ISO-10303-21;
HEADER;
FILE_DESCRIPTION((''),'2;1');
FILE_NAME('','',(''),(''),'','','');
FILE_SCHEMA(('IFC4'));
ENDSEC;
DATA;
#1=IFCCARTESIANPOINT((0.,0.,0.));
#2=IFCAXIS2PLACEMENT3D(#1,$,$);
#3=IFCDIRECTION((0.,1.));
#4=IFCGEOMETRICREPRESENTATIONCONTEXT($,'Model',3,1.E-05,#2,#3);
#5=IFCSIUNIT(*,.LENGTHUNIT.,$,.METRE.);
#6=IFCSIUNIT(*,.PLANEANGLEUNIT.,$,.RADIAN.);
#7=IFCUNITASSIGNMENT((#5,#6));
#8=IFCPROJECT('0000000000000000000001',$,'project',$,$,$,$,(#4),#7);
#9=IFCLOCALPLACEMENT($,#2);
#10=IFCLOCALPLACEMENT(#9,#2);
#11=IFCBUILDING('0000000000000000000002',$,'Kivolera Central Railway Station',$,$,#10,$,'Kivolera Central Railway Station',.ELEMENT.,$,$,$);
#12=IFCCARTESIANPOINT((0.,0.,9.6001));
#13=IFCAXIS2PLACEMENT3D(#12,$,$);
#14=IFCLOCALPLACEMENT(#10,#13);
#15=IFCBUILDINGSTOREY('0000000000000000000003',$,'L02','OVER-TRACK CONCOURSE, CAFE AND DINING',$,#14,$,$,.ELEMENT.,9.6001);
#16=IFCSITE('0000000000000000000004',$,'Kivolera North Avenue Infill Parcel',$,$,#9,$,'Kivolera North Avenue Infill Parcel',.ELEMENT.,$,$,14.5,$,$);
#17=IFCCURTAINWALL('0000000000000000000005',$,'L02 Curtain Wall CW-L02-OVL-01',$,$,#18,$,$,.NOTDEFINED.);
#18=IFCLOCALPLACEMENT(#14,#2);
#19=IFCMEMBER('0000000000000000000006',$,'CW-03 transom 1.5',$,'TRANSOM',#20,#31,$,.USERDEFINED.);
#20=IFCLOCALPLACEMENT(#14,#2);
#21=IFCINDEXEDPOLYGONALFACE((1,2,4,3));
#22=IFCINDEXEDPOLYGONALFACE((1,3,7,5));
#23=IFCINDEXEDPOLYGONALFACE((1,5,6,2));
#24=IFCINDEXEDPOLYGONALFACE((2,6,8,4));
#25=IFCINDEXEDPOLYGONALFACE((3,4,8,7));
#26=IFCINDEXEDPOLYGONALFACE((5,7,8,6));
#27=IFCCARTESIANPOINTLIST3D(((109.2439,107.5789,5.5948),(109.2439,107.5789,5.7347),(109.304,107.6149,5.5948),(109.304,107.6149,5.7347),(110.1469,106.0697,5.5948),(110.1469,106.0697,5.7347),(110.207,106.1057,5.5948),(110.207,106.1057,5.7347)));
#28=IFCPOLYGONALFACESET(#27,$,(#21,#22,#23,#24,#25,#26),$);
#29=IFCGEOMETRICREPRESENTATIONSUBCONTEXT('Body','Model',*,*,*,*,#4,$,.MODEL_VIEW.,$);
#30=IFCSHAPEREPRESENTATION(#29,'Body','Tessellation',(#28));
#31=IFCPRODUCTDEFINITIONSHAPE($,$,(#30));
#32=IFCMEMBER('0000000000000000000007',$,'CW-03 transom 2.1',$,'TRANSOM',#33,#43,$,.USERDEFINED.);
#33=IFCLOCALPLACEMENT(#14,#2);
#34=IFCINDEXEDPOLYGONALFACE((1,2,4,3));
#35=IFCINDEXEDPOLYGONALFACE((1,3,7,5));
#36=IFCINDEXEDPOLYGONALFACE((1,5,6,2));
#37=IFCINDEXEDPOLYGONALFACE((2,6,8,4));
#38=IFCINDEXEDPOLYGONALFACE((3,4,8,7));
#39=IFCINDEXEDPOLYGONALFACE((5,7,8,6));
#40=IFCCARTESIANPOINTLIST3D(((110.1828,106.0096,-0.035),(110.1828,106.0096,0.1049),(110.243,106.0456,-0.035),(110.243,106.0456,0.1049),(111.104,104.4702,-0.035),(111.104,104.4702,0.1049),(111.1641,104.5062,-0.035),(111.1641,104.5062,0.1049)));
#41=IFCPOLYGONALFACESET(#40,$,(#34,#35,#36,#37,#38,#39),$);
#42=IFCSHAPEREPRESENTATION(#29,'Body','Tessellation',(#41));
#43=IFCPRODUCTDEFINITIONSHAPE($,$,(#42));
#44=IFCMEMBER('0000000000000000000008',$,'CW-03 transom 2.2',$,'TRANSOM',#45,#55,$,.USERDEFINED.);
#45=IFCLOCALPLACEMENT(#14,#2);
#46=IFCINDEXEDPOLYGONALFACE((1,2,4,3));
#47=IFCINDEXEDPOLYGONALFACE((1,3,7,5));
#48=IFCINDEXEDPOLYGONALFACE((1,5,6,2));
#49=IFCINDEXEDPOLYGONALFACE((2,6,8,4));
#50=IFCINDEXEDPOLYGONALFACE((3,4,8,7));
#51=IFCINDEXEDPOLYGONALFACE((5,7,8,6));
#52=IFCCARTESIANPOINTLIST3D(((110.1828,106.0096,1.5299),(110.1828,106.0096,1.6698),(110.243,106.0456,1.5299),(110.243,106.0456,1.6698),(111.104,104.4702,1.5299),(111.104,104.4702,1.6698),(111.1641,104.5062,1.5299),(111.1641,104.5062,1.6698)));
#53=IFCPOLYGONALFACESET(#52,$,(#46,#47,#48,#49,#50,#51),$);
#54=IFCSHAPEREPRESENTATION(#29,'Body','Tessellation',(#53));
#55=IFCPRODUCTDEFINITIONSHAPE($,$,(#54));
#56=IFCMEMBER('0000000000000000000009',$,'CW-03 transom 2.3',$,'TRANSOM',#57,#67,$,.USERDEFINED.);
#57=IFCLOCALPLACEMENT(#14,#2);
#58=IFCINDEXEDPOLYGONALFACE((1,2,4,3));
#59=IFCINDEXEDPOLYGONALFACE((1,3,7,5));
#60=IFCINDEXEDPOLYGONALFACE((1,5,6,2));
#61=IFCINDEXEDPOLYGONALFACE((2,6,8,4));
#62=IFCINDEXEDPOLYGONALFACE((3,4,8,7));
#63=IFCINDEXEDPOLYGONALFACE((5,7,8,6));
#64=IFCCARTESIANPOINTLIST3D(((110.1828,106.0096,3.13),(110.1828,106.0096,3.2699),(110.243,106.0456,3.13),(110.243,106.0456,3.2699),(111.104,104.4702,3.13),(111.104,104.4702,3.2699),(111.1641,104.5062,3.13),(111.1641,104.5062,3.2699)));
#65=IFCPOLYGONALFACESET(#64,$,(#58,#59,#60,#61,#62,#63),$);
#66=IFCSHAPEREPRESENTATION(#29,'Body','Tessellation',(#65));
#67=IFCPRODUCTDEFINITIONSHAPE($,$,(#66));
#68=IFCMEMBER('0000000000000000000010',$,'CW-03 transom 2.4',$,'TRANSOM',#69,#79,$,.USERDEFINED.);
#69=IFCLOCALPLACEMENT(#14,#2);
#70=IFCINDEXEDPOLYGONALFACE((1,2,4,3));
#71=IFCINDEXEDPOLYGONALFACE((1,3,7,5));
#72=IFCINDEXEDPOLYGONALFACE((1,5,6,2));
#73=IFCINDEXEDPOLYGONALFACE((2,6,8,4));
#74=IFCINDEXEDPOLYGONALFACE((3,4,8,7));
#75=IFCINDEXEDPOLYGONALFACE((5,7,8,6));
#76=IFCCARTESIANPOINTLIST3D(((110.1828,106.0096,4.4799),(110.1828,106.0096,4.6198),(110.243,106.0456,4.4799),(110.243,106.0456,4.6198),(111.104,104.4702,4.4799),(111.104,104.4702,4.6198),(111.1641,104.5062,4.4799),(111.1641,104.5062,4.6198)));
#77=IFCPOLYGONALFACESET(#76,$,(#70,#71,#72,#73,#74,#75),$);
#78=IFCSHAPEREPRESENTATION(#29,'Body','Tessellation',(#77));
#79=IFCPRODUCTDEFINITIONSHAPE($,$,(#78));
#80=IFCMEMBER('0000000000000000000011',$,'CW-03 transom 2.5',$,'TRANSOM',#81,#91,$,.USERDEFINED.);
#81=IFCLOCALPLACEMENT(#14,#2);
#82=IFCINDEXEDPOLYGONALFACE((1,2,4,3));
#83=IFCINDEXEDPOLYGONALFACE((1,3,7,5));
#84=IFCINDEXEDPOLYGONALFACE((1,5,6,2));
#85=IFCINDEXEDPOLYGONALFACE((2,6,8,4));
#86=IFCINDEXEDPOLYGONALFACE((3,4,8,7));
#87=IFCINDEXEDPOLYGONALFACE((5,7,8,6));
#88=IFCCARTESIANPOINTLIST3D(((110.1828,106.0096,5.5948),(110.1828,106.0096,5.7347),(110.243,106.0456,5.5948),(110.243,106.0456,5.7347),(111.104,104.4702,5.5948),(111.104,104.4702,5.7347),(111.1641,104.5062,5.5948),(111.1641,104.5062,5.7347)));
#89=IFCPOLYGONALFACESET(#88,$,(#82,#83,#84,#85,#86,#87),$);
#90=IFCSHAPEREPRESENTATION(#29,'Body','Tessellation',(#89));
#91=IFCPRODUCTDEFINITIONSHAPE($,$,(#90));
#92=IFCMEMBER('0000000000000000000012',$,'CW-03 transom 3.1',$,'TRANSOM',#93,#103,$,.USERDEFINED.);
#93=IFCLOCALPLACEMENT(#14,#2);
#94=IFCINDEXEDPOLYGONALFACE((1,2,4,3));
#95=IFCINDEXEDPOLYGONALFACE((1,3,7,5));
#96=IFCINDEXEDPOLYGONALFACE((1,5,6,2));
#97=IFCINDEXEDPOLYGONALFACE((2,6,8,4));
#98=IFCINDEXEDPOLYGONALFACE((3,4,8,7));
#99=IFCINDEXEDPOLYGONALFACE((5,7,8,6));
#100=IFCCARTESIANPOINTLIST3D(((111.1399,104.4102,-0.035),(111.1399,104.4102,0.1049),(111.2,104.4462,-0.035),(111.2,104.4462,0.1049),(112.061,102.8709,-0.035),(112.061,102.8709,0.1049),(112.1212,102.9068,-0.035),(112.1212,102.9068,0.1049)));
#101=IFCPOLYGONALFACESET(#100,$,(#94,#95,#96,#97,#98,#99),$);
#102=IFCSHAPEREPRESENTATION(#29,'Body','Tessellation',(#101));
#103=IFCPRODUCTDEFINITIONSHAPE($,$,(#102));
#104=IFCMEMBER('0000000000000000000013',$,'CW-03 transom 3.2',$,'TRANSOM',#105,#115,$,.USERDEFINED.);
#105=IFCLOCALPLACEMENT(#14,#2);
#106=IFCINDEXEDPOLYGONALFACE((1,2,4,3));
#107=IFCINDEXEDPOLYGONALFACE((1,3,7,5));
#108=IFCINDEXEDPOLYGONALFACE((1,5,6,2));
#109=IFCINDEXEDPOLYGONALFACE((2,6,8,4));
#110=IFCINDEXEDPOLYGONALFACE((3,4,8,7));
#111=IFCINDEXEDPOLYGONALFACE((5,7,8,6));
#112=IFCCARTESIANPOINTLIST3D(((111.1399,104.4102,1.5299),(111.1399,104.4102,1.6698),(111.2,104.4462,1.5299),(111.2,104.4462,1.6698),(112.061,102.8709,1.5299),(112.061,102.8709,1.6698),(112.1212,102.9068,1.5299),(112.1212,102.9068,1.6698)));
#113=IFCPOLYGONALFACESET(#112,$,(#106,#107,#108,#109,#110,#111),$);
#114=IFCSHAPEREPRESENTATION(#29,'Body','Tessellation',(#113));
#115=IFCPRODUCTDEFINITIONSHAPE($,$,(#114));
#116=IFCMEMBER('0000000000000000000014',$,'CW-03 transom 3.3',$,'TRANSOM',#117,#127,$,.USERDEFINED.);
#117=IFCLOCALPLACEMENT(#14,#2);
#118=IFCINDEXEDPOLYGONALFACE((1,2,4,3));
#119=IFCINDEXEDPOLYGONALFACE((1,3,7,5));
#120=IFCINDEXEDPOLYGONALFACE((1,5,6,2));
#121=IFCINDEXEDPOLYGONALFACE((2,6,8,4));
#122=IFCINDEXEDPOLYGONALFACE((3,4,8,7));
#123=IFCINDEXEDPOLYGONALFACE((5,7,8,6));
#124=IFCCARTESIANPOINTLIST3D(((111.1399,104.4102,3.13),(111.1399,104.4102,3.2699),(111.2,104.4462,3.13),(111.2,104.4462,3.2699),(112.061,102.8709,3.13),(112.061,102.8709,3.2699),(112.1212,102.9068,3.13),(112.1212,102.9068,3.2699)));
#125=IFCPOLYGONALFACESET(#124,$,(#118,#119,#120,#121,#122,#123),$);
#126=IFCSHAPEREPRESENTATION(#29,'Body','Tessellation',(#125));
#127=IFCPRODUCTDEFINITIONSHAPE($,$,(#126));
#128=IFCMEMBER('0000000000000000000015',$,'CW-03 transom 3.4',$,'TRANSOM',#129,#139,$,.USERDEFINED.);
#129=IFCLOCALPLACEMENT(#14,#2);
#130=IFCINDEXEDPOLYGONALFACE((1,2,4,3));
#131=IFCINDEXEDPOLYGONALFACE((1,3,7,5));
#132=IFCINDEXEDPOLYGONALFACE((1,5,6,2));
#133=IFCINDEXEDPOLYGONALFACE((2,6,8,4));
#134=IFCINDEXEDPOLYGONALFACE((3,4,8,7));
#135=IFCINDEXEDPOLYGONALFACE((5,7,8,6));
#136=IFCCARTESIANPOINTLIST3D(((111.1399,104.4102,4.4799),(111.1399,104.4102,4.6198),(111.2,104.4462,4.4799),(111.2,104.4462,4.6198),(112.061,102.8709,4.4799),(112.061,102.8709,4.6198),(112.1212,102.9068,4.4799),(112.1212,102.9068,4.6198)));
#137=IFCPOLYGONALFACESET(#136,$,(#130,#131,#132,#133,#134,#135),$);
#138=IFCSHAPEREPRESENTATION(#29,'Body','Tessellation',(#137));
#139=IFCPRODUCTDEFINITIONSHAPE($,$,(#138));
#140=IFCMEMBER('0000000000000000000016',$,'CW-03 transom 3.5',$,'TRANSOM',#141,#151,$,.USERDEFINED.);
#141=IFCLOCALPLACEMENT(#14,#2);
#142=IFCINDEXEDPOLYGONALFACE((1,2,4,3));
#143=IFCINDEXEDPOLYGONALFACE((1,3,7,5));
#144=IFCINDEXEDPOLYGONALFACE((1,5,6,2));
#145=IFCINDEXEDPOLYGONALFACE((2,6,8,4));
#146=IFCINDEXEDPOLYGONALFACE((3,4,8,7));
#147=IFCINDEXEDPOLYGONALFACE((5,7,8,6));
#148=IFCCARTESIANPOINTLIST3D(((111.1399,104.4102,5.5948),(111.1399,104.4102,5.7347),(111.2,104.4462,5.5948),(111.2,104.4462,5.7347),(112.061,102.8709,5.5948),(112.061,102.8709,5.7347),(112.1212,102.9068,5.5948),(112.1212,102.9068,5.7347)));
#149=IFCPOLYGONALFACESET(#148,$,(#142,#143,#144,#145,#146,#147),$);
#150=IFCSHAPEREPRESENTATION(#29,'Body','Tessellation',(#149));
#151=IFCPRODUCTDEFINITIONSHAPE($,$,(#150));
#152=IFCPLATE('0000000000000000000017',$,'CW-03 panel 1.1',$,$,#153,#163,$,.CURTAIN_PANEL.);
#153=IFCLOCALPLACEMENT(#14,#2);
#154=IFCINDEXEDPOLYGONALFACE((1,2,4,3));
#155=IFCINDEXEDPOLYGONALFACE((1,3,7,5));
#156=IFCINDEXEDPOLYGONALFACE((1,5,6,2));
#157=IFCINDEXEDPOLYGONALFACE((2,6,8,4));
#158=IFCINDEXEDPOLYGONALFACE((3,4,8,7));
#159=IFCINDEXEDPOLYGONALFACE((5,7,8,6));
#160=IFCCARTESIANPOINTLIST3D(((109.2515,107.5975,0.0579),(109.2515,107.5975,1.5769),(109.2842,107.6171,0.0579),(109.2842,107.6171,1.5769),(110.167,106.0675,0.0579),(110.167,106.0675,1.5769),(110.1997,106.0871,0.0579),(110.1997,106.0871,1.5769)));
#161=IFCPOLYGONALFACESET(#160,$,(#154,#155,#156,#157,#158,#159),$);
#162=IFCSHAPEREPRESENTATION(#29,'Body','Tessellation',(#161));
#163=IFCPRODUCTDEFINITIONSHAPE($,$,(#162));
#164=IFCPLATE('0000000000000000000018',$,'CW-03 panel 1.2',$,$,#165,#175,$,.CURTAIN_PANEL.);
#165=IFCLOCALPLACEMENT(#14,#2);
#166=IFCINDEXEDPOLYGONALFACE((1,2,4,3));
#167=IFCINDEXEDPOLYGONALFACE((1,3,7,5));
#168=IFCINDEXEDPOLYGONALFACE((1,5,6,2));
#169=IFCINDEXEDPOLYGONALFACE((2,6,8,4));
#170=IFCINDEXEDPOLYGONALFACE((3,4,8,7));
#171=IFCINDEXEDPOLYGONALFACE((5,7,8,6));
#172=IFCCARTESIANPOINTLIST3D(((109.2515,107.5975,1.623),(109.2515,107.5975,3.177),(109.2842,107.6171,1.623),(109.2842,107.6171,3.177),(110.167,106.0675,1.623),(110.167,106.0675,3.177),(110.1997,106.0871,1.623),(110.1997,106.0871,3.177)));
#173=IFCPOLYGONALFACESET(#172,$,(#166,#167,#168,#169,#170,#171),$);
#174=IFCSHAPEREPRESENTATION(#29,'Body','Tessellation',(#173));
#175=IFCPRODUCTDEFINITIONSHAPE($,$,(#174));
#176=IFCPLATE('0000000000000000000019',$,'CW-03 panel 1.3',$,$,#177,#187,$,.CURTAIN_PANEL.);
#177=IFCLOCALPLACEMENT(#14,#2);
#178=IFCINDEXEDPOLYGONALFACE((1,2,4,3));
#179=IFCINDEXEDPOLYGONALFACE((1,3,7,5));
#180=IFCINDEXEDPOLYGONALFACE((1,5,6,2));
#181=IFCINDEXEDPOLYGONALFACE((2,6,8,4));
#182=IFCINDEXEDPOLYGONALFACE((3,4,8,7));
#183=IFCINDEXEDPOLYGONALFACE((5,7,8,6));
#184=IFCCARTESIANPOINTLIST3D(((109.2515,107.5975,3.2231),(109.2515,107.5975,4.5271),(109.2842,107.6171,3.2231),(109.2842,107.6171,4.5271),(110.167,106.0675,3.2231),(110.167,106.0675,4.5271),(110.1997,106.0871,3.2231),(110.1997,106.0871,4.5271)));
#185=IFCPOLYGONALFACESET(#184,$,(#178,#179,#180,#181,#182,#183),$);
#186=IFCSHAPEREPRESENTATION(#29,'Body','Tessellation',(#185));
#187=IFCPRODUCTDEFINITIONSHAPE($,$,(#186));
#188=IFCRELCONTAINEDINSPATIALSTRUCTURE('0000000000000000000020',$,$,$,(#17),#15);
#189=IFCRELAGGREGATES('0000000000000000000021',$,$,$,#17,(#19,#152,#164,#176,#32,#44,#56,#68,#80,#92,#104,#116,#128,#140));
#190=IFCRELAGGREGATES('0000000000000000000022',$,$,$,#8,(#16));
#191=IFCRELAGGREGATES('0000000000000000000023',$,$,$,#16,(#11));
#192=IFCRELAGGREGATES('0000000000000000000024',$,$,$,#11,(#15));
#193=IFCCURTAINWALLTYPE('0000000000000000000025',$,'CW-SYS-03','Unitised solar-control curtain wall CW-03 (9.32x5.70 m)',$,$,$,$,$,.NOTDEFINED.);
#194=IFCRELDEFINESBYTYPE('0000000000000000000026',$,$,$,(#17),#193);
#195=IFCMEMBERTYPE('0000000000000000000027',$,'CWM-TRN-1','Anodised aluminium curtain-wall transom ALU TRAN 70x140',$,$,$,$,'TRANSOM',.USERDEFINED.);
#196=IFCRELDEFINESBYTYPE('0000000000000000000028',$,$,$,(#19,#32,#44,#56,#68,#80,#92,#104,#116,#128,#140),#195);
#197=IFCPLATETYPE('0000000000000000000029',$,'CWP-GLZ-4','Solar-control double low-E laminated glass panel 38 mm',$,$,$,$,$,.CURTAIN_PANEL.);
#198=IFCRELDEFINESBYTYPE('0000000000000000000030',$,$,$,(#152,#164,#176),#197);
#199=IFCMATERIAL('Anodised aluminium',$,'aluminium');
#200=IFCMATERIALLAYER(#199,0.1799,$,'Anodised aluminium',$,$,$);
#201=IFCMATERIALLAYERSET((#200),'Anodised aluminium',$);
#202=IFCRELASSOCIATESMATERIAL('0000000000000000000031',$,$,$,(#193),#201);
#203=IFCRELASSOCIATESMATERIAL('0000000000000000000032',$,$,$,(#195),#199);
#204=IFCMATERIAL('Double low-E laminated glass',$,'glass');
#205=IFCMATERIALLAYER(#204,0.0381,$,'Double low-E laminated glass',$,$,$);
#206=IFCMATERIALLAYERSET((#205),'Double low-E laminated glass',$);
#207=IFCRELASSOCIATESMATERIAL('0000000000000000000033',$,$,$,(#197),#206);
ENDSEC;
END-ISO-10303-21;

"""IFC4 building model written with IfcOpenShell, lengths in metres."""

from ifc_helpers import new_model, si_unit, direction, frame, origin, origin_2d, place, context, subcontext, project, spatial, rectangle, extrude, material, layer, layer_set, material_profile, profile_set, type_object, element, aggregate, save


model = new_model("IFC4")

# Units and contexts
model_context = context("Model", 3, precision=1e-05, world=origin(), true_north=direction((0.0, 1.0)))
body_context = subcontext(model_context, "Body", "Model", "MODEL_VIEW")
ifc_project = project(units=[si_unit("LENGTHUNIT", "METRE"), si_unit("PLANEANGLEUNIT", "RADIAN")], contexts=[model_context])

# Site, building, storey
site_placement = place(None, origin())
site = spatial("IfcSite", under=ifc_project, at=site_placement, Name="Kivolera North Avenue Infill Parcel", LongName="Kivolera North Avenue Infill Parcel", CompositionType="ELEMENT", RefElevation=14.5)
building_placement = place(site_placement, origin())
building = spatial("IfcBuilding", under=site, at=building_placement, Name="Kivolera Central Railway Station", LongName="Kivolera Central Railway Station", CompositionType="ELEMENT")
storey_placement = place(building_placement, frame((0.0, 0.0, 9.6001)))
storey = spatial("IfcBuildingStorey", under=building, at=storey_placement, Name="L02", Description="OVER-TRACK CONCOURSE, CAFE AND DINING", CompositionType="ELEMENT", Elevation=9.6001)

# Curtain wall, members, plates
ifc_material_1 = material(Name="Anodised aluminium", Category="aluminium")
ifc_layer_1 = layer(ifc_material_1, 0.1799, Name="Anodised aluminium")
ifc_layer_set_1 = layer_set([ifc_layer_1], Name="Anodised aluminium")
curtain_wall_type = type_object("IfcCurtainWallType", Name="CW-SYS-03", Description="Unitised solar-control curtain wall CW-03 (9.32x5.70 m)", PredefinedType="NOTDEFINED", material=ifc_layer_set_1)
curtain_wall_placement = place(storey_placement, origin())
curtain_wall = element("IfcCurtainWall", 1, at=curtain_wall_placement, inside=storey, type_object=curtain_wall_type, Name="L02 Curtain Wall CW-L02-OVL-01", PredefinedType="NOTDEFINED")
ifc_material_profile_1 = material_profile(ifc_material_1, rectangle(XDim=0.0701, YDim=0.1399, at=origin_2d()), Name="ALU TRAN 70x140")
ifc_profile_set_1 = profile_set([ifc_material_profile_1], Name="Anodised aluminium")
member_type_1 = type_object("IfcMemberType", Name="CWM-TRN-1", Description="Anodised aluminium curtain-wall transom ALU TRAN 70x140", ElementType="TRANSOM", PredefinedType="USERDEFINED", material=ifc_profile_set_1)
member_1_placement = place(storey_placement, frame((109.2739, 107.5969, 5.6648), z_axis=(0.513454, -0.858117, 0.0), x_axis=(0.858117, 0.513454, 0.0)))
member_1 = element("IfcMember", 2, at=member_1_placement, type_object=member_type_1, Name="CW-03 transom 1.5", ObjectType="TRANSOM", PredefinedType="USERDEFINED", context=body_context, shape_type="SweptSolid", body=[
    extrude(rectangle(XDim=0.0701, YDim=0.1399, at=origin_2d()), origin(), (0.0, 0.0, 1.0), 1.7588),
])
member_2_placement = place(storey_placement, frame((110.2129, 106.0276, 0.0349), z_axis=(0.513495, -0.858093, 0.0), x_axis=(0.858093, 0.513495, 0.0)))
member_2 = element("IfcMember", 3, at=member_2_placement, type_object=member_type_1, Name="CW-03 transom 2.1", ObjectType="TRANSOM", PredefinedType="USERDEFINED", context=body_context, shape_type="SweptSolid", body=[
    extrude(rectangle(XDim=0.0701, YDim=0.1399, at=origin_2d()), origin(), (0.0, 0.0, 1.0), 1.7939),
])
member_3_placement = place(storey_placement, frame((110.2129, 106.0276, 1.5999), z_axis=(0.513495, -0.858093, 0.0), x_axis=(0.858093, 0.513495, 0.0)))
member_3 = element("IfcMember", 4, at=member_3_placement, type_object=member_type_1, Name="CW-03 transom 2.2", ObjectType="TRANSOM", PredefinedType="USERDEFINED", context=body_context, shape_type="SweptSolid", body=[
    extrude(rectangle(XDim=0.0701, YDim=0.1399, at=origin_2d()), origin(), (0.0, 0.0, 1.0), 1.7939),
])
member_4_placement = place(storey_placement, frame((110.2129, 106.0276, 3.2), z_axis=(0.513495, -0.858093, 0.0), x_axis=(0.858093, 0.513495, 0.0)))
member_4 = element("IfcMember", 5, at=member_4_placement, type_object=member_type_1, Name="CW-03 transom 2.3", ObjectType="TRANSOM", PredefinedType="USERDEFINED", context=body_context, shape_type="SweptSolid", body=[
    extrude(rectangle(XDim=0.0701, YDim=0.1399, at=origin_2d()), origin(), (0.0, 0.0, 1.0), 1.7939),
])
member_5_placement = place(storey_placement, frame((110.2129, 106.0276, 4.5498), z_axis=(0.513495, -0.858093, 0.0), x_axis=(0.858093, 0.513495, 0.0)))
member_5 = element("IfcMember", 6, at=member_5_placement, type_object=member_type_1, Name="CW-03 transom 2.4", ObjectType="TRANSOM", PredefinedType="USERDEFINED", context=body_context, shape_type="SweptSolid", body=[
    extrude(rectangle(XDim=0.0701, YDim=0.1399, at=origin_2d()), origin(), (0.0, 0.0, 1.0), 1.7939),
])
member_6_placement = place(storey_placement, frame((110.2129, 106.0276, 5.6648), z_axis=(0.513495, -0.858093, 0.0), x_axis=(0.858093, 0.513495, 0.0)))
member_6 = element("IfcMember", 7, at=member_6_placement, type_object=member_type_1, Name="CW-03 transom 2.5", ObjectType="TRANSOM", PredefinedType="USERDEFINED", context=body_context, shape_type="SweptSolid", body=[
    extrude(rectangle(XDim=0.0701, YDim=0.1399, at=origin_2d()), origin(), (0.0, 0.0, 1.0), 1.7939),
])
member_7_placement = place(storey_placement, frame((111.1699, 104.4282, 0.0349), z_axis=(0.513495, -0.858093, 0.0), x_axis=(0.858093, 0.513495, 0.0)))
member_7 = element("IfcMember", 8, at=member_7_placement, type_object=member_type_1, Name="CW-03 transom 3.1", ObjectType="TRANSOM", PredefinedType="USERDEFINED", context=body_context, shape_type="SweptSolid", body=[
    extrude(rectangle(XDim=0.0701, YDim=0.1399, at=origin_2d()), origin(), (0.0, 0.0, 1.0), 1.7939),
])
member_8_placement = place(storey_placement, frame((111.1699, 104.4282, 1.5999), z_axis=(0.513495, -0.858093, 0.0), x_axis=(0.858093, 0.513495, 0.0)))
member_8 = element("IfcMember", 9, at=member_8_placement, type_object=member_type_1, Name="CW-03 transom 3.2", ObjectType="TRANSOM", PredefinedType="USERDEFINED", context=body_context, shape_type="SweptSolid", body=[
    extrude(rectangle(XDim=0.0701, YDim=0.1399, at=origin_2d()), origin(), (0.0, 0.0, 1.0), 1.7939),
])
member_9_placement = place(storey_placement, frame((111.1699, 104.4282, 3.2), z_axis=(0.513495, -0.858093, 0.0), x_axis=(0.858093, 0.513495, 0.0)))
member_9 = element("IfcMember", 10, at=member_9_placement, type_object=member_type_1, Name="CW-03 transom 3.3", ObjectType="TRANSOM", PredefinedType="USERDEFINED", context=body_context, shape_type="SweptSolid", body=[
    extrude(rectangle(XDim=0.0701, YDim=0.1399, at=origin_2d()), origin(), (0.0, 0.0, 1.0), 1.7939),
])
member_10_placement = place(storey_placement, frame((111.1699, 104.4282, 4.5498), z_axis=(0.513495, -0.858093, 0.0), x_axis=(0.858093, 0.513495, 0.0)))
member_10 = element("IfcMember", 11, at=member_10_placement, type_object=member_type_1, Name="CW-03 transom 3.4", ObjectType="TRANSOM", PredefinedType="USERDEFINED", context=body_context, shape_type="SweptSolid", body=[
    extrude(rectangle(XDim=0.0701, YDim=0.1399, at=origin_2d()), origin(), (0.0, 0.0, 1.0), 1.7939),
])
member_11_placement = place(storey_placement, frame((111.1699, 104.4282, 5.6648), z_axis=(0.513495, -0.858093, 0.0), x_axis=(0.858093, 0.513495, 0.0)))
member_11 = element("IfcMember", 12, at=member_11_placement, type_object=member_type_1, Name="CW-03 transom 3.5", ObjectType="TRANSOM", PredefinedType="USERDEFINED", context=body_context, shape_type="SweptSolid", body=[
    extrude(rectangle(XDim=0.0701, YDim=0.1399, at=origin_2d()), origin(), (0.0, 0.0, 1.0), 1.7939),
])
ifc_material_2 = material(Name="Double low-E laminated glass", Category="glass")
ifc_layer_2 = layer(ifc_material_2, 0.0381, Name="Double low-E laminated glass")
ifc_layer_set_2 = layer_set([ifc_layer_2], Name="Double low-E laminated glass")
plate_type = type_object("IfcPlateType", Name="CWP-GLZ-4", Description="Solar-control double low-E laminated glass panel 38 mm", PredefinedType="CURTAIN_PANEL", material=ifc_layer_set_2)
plate_1_placement = place(storey_placement, frame((109.7256, 106.8423, 0.0579), z_axis=(0.0, 0.0, 1.0), x_axis=(0.513454, -0.858117, 0.0)))
plate_1 = element("IfcPlate", 13, at=plate_1_placement, type_object=plate_type, Name="CW-03 panel 1.1", PredefinedType="CURTAIN_PANEL", context=body_context, shape_type="SweptSolid", body=[
    extrude(rectangle(XDim=1.783, YDim=0.0381, at=origin_2d()), origin(), (0.0, 0.0, 1.0), 1.519),
])
plate_2_placement = place(storey_placement, frame((109.7256, 106.8423, 1.623), z_axis=(0.0, 0.0, 1.0), x_axis=(0.513454, -0.858117, 0.0)))
plate_2 = element("IfcPlate", 14, at=plate_2_placement, type_object=plate_type, Name="CW-03 panel 1.2", PredefinedType="CURTAIN_PANEL", context=body_context, shape_type="SweptSolid", body=[
    extrude(rectangle(XDim=1.783, YDim=0.0381, at=origin_2d()), origin(), (0.0, 0.0, 1.0), 1.554),
])
plate_3_placement = place(storey_placement, frame((109.7256, 106.8423, 3.2231), z_axis=(0.0, 0.0, 1.0), x_axis=(0.513454, -0.858117, 0.0)))
plate_3 = element("IfcPlate", 15, at=plate_3_placement, type_object=plate_type, Name="CW-03 panel 1.3", PredefinedType="CURTAIN_PANEL", context=body_context, shape_type="SweptSolid", body=[
    extrude(rectangle(XDim=1.783, YDim=0.0381, at=origin_2d()), origin(), (0.0, 0.0, 1.0), 1.304),
])
aggregate(curtain_wall, [member_1, plate_1, plate_2, plate_3, member_2, member_3, member_4, member_5, member_6, member_7, member_8, member_9, member_10, member_11])

save(model, "model.ifc")
